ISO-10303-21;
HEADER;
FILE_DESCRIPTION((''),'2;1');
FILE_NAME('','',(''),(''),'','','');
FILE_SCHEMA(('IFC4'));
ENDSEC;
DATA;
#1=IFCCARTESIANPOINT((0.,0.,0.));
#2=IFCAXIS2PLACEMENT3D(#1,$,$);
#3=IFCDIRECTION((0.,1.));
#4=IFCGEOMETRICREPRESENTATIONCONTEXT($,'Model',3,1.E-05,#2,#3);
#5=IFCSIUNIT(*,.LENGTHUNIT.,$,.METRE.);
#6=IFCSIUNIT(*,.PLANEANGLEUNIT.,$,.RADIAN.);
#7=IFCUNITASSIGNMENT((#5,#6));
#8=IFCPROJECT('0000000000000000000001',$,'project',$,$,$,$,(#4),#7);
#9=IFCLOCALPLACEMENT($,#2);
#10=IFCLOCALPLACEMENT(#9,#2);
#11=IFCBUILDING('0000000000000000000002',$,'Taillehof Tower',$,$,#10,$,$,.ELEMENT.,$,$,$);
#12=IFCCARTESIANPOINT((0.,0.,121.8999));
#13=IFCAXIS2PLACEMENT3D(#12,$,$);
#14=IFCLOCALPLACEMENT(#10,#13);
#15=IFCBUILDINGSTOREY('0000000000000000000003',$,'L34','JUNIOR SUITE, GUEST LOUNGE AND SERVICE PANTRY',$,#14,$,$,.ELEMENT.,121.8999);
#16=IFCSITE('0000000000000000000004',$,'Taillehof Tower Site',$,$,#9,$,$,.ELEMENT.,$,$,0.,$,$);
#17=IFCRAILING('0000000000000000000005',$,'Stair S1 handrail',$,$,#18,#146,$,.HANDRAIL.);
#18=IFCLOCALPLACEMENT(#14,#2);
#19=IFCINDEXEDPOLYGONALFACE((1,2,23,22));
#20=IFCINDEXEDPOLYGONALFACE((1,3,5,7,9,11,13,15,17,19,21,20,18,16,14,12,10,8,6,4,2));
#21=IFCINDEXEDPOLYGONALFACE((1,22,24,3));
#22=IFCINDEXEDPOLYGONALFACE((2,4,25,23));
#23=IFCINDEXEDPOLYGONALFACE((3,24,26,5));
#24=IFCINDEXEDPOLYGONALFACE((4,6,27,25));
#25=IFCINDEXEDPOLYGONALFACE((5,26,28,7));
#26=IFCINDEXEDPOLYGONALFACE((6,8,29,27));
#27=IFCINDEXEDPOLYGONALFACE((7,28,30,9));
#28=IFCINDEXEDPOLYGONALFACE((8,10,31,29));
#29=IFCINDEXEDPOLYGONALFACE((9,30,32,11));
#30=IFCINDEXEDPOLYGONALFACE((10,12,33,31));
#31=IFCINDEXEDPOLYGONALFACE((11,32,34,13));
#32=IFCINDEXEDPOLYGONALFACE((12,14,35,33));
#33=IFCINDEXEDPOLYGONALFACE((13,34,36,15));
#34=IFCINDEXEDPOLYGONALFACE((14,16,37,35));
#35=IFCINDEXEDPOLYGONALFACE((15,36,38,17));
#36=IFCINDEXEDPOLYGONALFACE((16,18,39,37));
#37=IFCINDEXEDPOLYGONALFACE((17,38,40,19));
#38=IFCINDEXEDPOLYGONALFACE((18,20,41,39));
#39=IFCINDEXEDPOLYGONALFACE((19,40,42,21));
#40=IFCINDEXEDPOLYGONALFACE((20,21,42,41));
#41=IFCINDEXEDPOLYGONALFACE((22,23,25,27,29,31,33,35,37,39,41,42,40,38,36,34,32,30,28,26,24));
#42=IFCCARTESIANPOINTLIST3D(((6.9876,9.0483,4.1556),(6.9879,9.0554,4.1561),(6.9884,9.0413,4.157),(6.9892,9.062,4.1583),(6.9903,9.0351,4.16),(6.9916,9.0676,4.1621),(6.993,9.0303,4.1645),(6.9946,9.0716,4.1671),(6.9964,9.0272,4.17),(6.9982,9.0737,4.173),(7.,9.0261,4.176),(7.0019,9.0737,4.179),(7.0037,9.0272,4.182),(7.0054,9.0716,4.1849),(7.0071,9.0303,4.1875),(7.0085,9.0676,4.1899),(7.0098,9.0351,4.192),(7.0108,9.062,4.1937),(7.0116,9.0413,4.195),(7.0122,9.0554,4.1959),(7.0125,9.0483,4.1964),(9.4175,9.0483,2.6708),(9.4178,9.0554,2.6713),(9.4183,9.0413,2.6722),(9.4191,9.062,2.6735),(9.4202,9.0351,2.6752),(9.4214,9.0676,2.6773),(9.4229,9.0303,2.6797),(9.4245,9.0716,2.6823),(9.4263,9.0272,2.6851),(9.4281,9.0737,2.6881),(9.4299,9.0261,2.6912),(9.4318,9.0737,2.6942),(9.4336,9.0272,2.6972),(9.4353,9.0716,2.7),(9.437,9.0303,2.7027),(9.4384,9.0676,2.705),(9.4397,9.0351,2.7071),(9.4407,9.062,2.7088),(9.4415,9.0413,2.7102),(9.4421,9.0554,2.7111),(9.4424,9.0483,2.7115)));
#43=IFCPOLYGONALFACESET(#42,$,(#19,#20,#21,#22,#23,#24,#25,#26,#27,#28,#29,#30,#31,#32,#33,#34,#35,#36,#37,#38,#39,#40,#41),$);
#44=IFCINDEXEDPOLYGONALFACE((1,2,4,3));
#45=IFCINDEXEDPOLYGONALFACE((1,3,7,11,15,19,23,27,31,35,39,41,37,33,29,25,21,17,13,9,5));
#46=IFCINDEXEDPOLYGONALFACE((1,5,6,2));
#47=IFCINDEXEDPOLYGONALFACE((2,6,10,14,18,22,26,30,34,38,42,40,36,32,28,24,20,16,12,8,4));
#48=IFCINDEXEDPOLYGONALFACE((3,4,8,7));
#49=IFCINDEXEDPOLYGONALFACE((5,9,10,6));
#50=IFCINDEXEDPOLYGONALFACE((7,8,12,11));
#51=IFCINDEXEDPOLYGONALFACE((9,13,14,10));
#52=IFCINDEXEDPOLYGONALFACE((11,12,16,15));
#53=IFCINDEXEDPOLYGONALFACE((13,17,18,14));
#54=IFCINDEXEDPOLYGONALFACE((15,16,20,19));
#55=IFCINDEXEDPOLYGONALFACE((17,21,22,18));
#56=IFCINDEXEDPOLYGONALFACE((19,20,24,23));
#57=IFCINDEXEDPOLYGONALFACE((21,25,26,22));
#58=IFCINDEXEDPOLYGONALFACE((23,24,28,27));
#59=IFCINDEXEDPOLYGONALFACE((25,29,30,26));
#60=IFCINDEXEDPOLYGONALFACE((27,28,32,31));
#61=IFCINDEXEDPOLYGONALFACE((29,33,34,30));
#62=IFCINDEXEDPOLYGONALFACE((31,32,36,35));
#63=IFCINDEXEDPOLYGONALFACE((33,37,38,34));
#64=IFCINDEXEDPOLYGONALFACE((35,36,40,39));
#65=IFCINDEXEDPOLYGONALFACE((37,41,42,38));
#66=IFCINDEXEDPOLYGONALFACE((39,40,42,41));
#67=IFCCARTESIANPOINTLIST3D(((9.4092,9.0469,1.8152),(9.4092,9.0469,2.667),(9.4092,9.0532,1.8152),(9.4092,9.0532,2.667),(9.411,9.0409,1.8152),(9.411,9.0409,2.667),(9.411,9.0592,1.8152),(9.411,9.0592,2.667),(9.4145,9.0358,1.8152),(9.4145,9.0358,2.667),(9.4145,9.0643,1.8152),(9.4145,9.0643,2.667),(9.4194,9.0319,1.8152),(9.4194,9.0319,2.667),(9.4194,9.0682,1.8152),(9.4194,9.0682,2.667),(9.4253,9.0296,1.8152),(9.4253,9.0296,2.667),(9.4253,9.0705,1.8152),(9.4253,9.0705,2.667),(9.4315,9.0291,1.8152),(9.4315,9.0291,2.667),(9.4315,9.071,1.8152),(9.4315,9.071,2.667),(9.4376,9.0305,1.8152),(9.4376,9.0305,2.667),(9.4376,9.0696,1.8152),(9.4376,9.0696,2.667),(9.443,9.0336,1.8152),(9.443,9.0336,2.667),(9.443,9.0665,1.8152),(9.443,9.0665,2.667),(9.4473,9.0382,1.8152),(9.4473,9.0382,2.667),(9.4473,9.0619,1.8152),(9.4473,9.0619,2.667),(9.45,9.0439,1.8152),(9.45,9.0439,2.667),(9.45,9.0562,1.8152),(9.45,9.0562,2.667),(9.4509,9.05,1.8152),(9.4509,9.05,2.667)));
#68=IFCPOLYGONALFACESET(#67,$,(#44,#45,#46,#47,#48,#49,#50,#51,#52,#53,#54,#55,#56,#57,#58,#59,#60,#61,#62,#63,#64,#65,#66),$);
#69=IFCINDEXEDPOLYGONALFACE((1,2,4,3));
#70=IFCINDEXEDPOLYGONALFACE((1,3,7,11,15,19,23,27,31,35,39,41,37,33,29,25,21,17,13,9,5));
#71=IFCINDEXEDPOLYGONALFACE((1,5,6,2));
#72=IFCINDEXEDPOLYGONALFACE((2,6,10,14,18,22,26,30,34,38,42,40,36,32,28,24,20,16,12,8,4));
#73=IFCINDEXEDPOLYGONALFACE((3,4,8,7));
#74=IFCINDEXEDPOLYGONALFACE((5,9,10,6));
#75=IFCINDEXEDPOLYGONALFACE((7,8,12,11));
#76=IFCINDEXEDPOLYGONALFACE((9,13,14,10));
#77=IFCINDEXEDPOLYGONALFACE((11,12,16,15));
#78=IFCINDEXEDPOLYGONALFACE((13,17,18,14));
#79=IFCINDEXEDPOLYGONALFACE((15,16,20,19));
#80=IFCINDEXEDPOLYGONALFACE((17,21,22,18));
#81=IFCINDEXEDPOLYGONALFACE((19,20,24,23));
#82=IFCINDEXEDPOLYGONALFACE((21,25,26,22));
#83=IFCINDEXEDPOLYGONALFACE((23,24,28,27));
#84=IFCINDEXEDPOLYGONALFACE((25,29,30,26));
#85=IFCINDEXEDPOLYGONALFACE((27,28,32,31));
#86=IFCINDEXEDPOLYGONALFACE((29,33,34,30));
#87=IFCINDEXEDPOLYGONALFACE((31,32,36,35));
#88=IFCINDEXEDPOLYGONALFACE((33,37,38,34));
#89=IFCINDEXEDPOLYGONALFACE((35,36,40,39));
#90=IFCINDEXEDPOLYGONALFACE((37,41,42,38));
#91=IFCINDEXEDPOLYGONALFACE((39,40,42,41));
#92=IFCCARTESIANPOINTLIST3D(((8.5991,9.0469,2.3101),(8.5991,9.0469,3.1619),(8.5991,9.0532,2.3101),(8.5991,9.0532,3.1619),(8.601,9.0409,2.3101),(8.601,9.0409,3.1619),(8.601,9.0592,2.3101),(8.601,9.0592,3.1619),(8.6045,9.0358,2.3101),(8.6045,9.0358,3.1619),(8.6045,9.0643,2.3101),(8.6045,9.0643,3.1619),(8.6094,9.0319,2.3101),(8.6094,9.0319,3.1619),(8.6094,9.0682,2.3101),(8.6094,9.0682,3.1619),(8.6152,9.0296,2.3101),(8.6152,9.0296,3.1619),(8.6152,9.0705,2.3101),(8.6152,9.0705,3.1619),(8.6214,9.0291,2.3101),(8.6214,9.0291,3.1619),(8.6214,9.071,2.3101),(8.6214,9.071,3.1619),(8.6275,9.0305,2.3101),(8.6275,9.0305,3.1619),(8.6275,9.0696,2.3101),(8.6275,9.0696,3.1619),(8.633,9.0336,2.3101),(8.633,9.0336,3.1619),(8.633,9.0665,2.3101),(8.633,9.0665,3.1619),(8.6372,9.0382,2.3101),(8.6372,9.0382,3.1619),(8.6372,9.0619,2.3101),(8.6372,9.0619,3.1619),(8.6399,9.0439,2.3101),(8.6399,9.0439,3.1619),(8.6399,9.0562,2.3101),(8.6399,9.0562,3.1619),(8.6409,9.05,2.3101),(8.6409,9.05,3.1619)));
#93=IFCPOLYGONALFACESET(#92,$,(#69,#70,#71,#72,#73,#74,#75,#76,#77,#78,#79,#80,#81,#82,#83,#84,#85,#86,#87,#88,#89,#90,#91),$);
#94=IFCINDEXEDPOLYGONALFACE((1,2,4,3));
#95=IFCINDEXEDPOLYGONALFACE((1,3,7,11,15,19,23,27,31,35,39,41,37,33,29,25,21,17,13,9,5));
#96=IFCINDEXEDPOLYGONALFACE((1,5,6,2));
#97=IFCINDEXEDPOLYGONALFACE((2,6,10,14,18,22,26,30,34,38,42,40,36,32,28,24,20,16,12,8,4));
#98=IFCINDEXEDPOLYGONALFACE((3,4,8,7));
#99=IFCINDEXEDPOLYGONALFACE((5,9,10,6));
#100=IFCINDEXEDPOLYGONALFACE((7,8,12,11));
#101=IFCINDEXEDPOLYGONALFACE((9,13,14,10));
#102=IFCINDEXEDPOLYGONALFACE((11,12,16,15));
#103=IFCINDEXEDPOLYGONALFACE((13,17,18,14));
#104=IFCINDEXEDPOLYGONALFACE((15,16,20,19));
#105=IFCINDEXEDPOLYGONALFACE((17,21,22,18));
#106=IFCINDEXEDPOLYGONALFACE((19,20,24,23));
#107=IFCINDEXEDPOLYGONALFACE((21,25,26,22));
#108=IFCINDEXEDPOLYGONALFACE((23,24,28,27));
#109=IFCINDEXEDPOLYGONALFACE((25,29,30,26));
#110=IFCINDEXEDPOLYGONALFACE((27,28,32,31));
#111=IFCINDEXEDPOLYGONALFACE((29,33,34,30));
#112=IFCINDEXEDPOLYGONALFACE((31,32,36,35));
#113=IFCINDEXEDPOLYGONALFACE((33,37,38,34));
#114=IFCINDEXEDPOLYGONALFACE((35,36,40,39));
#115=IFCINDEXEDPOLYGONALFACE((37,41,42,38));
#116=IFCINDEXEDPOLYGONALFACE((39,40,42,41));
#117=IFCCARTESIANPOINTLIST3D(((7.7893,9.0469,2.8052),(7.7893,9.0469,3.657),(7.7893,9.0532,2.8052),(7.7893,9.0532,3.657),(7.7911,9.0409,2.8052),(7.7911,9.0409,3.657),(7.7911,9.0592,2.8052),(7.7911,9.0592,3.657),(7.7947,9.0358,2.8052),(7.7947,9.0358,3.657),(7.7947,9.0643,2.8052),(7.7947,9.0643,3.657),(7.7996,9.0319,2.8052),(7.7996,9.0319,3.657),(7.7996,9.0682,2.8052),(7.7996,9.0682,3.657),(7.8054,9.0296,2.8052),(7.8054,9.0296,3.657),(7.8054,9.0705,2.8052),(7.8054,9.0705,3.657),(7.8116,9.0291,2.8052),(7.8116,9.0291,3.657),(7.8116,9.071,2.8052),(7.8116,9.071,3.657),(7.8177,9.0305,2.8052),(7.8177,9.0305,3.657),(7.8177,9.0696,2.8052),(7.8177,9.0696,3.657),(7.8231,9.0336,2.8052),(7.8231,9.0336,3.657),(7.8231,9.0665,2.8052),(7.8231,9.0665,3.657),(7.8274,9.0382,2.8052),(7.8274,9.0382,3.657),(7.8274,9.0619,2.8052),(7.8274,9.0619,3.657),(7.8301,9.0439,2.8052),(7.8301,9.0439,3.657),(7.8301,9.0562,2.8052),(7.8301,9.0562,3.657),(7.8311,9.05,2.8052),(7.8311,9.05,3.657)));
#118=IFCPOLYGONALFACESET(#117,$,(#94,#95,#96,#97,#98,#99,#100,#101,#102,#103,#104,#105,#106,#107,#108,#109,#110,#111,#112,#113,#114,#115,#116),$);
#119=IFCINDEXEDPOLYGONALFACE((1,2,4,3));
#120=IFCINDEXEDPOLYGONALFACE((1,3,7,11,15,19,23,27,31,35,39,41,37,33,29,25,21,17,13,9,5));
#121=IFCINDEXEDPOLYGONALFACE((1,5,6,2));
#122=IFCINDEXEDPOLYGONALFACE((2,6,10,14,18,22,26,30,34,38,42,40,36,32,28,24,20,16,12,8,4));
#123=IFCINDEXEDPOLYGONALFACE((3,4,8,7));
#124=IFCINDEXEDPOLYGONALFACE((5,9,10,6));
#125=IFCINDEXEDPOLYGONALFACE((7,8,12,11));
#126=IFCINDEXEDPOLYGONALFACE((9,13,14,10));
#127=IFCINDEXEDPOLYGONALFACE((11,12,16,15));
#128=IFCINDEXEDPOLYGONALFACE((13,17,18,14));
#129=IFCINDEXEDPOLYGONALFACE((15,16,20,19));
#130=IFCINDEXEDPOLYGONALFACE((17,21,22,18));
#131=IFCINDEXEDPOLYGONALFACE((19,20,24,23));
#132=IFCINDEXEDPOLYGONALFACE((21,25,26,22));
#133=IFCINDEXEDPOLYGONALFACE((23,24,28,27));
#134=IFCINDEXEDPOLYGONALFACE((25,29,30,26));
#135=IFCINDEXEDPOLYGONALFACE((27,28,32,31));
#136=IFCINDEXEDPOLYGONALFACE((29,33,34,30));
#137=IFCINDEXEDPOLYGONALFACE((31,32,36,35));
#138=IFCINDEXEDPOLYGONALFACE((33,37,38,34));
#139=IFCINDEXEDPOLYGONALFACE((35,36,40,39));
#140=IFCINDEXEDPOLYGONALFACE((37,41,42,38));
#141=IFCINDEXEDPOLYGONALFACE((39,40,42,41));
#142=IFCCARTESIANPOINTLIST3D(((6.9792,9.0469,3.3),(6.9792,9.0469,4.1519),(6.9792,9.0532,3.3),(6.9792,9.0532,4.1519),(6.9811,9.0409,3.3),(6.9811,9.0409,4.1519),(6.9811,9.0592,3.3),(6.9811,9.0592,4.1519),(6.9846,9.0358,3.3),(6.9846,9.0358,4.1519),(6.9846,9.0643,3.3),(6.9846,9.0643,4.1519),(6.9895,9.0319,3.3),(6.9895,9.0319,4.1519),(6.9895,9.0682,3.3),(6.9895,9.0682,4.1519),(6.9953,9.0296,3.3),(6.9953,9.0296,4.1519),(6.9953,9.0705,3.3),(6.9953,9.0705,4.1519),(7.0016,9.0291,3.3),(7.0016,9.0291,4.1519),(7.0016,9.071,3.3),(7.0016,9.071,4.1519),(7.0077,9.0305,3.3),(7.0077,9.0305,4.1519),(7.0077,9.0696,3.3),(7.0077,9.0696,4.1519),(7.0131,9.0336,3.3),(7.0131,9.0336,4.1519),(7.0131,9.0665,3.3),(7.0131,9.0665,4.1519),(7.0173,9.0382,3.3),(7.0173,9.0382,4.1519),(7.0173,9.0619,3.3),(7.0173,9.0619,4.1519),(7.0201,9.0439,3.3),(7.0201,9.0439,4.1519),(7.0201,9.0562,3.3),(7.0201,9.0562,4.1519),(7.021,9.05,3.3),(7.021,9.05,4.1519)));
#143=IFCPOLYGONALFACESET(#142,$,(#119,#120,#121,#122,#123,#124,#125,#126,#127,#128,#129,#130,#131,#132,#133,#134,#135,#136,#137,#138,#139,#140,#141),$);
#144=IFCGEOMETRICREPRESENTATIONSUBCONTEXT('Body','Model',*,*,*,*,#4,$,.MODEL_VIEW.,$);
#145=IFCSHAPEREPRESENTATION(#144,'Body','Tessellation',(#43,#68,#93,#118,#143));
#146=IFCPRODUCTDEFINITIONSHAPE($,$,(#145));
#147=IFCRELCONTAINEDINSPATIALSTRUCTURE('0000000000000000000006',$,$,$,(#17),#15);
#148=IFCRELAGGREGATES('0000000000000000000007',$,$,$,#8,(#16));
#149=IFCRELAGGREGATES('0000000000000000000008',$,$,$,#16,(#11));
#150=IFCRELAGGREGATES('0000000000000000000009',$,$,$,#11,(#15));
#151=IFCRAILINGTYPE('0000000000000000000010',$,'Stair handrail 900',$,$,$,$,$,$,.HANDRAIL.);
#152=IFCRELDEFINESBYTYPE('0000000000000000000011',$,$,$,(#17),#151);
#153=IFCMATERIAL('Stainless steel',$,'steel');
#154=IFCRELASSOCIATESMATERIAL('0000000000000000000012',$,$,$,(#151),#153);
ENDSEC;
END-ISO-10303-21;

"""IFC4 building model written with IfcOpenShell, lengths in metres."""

from ifc_helpers import new_model, si_unit, direction, frame, origin, origin_2d, place, context, subcontext, project, spatial, circle, extrude, material, type_object, element, save


model = new_model("IFC4")

# Units and contexts
model_context = context("Model", 3, precision=1e-05, world=origin(), true_north=direction((0.0, 1.0)))
body_context = subcontext(model_context, "Body", "Model", "MODEL_VIEW")
ifc_project = project(units=[si_unit("LENGTHUNIT", "METRE"), si_unit("PLANEANGLEUNIT", "RADIAN")], contexts=[model_context])

# Site, building, storey
site_placement = place(None, origin())
site = spatial("IfcSite", under=ifc_project, at=site_placement, Name="Taillehof Tower Site", CompositionType="ELEMENT", RefElevation=0.0)
building_placement = place(site_placement, origin())
building = spatial("IfcBuilding", under=site, at=building_placement, Name="Taillehof Tower", CompositionType="ELEMENT")
storey_placement = place(building_placement, frame((0.0, 0.0, 121.8999)))
storey = spatial("IfcBuildingStorey", under=building, at=storey_placement, Name="L34", Description="JUNIOR SUITE, GUEST LOUNGE AND SERVICE PANTRY", CompositionType="ELEMENT", Elevation=121.8999)

# Railing
ifc_material_1 = material(Name="Stainless steel", Category="steel")
railing_type = type_object("IfcRailingType", Name="Stair handrail 900", PredefinedType="HANDRAIL", material=ifc_material_1)
railing_placement = place(storey_placement, frame((9.4299, 9.05, 1.8152)))
element("IfcRailing", 1, at=railing_placement, inside=storey, type_object=railing_type, Name="Stair S1 handrail", PredefinedType="HANDRAIL", context=body_context, shape_type="SweptSolid", body=[
    extrude(circle(Radius=0.0239, at=origin_2d()), frame((0.0, 0.0, 0.876), z_axis=(-0.853297, 0.0, 0.521426), x_axis=(0.0, -1.0, 0.0)), (0.0, 0.0, 1.0), 2.8477),
    extrude(circle(Radius=0.021, at=origin_2d()), origin(), (0.0, 0.0, 1.0), 0.8518),
    extrude(circle(Radius=0.021, at=origin_2d()), frame((-0.8101, 0.0, 0.4949)), (0.0, 0.0, 1.0), 0.8518),
    extrude(circle(Radius=0.021, at=origin_2d()), frame((-1.6199, 0.0, 0.99)), (0.0, 0.0, 1.0), 0.8518),
    extrude(circle(Radius=0.021, at=origin_2d()), frame((-2.4299, 0.0, 1.4849)), (0.0, 0.0, 1.0), 0.8518),
])

save(model, "model.ifc")
